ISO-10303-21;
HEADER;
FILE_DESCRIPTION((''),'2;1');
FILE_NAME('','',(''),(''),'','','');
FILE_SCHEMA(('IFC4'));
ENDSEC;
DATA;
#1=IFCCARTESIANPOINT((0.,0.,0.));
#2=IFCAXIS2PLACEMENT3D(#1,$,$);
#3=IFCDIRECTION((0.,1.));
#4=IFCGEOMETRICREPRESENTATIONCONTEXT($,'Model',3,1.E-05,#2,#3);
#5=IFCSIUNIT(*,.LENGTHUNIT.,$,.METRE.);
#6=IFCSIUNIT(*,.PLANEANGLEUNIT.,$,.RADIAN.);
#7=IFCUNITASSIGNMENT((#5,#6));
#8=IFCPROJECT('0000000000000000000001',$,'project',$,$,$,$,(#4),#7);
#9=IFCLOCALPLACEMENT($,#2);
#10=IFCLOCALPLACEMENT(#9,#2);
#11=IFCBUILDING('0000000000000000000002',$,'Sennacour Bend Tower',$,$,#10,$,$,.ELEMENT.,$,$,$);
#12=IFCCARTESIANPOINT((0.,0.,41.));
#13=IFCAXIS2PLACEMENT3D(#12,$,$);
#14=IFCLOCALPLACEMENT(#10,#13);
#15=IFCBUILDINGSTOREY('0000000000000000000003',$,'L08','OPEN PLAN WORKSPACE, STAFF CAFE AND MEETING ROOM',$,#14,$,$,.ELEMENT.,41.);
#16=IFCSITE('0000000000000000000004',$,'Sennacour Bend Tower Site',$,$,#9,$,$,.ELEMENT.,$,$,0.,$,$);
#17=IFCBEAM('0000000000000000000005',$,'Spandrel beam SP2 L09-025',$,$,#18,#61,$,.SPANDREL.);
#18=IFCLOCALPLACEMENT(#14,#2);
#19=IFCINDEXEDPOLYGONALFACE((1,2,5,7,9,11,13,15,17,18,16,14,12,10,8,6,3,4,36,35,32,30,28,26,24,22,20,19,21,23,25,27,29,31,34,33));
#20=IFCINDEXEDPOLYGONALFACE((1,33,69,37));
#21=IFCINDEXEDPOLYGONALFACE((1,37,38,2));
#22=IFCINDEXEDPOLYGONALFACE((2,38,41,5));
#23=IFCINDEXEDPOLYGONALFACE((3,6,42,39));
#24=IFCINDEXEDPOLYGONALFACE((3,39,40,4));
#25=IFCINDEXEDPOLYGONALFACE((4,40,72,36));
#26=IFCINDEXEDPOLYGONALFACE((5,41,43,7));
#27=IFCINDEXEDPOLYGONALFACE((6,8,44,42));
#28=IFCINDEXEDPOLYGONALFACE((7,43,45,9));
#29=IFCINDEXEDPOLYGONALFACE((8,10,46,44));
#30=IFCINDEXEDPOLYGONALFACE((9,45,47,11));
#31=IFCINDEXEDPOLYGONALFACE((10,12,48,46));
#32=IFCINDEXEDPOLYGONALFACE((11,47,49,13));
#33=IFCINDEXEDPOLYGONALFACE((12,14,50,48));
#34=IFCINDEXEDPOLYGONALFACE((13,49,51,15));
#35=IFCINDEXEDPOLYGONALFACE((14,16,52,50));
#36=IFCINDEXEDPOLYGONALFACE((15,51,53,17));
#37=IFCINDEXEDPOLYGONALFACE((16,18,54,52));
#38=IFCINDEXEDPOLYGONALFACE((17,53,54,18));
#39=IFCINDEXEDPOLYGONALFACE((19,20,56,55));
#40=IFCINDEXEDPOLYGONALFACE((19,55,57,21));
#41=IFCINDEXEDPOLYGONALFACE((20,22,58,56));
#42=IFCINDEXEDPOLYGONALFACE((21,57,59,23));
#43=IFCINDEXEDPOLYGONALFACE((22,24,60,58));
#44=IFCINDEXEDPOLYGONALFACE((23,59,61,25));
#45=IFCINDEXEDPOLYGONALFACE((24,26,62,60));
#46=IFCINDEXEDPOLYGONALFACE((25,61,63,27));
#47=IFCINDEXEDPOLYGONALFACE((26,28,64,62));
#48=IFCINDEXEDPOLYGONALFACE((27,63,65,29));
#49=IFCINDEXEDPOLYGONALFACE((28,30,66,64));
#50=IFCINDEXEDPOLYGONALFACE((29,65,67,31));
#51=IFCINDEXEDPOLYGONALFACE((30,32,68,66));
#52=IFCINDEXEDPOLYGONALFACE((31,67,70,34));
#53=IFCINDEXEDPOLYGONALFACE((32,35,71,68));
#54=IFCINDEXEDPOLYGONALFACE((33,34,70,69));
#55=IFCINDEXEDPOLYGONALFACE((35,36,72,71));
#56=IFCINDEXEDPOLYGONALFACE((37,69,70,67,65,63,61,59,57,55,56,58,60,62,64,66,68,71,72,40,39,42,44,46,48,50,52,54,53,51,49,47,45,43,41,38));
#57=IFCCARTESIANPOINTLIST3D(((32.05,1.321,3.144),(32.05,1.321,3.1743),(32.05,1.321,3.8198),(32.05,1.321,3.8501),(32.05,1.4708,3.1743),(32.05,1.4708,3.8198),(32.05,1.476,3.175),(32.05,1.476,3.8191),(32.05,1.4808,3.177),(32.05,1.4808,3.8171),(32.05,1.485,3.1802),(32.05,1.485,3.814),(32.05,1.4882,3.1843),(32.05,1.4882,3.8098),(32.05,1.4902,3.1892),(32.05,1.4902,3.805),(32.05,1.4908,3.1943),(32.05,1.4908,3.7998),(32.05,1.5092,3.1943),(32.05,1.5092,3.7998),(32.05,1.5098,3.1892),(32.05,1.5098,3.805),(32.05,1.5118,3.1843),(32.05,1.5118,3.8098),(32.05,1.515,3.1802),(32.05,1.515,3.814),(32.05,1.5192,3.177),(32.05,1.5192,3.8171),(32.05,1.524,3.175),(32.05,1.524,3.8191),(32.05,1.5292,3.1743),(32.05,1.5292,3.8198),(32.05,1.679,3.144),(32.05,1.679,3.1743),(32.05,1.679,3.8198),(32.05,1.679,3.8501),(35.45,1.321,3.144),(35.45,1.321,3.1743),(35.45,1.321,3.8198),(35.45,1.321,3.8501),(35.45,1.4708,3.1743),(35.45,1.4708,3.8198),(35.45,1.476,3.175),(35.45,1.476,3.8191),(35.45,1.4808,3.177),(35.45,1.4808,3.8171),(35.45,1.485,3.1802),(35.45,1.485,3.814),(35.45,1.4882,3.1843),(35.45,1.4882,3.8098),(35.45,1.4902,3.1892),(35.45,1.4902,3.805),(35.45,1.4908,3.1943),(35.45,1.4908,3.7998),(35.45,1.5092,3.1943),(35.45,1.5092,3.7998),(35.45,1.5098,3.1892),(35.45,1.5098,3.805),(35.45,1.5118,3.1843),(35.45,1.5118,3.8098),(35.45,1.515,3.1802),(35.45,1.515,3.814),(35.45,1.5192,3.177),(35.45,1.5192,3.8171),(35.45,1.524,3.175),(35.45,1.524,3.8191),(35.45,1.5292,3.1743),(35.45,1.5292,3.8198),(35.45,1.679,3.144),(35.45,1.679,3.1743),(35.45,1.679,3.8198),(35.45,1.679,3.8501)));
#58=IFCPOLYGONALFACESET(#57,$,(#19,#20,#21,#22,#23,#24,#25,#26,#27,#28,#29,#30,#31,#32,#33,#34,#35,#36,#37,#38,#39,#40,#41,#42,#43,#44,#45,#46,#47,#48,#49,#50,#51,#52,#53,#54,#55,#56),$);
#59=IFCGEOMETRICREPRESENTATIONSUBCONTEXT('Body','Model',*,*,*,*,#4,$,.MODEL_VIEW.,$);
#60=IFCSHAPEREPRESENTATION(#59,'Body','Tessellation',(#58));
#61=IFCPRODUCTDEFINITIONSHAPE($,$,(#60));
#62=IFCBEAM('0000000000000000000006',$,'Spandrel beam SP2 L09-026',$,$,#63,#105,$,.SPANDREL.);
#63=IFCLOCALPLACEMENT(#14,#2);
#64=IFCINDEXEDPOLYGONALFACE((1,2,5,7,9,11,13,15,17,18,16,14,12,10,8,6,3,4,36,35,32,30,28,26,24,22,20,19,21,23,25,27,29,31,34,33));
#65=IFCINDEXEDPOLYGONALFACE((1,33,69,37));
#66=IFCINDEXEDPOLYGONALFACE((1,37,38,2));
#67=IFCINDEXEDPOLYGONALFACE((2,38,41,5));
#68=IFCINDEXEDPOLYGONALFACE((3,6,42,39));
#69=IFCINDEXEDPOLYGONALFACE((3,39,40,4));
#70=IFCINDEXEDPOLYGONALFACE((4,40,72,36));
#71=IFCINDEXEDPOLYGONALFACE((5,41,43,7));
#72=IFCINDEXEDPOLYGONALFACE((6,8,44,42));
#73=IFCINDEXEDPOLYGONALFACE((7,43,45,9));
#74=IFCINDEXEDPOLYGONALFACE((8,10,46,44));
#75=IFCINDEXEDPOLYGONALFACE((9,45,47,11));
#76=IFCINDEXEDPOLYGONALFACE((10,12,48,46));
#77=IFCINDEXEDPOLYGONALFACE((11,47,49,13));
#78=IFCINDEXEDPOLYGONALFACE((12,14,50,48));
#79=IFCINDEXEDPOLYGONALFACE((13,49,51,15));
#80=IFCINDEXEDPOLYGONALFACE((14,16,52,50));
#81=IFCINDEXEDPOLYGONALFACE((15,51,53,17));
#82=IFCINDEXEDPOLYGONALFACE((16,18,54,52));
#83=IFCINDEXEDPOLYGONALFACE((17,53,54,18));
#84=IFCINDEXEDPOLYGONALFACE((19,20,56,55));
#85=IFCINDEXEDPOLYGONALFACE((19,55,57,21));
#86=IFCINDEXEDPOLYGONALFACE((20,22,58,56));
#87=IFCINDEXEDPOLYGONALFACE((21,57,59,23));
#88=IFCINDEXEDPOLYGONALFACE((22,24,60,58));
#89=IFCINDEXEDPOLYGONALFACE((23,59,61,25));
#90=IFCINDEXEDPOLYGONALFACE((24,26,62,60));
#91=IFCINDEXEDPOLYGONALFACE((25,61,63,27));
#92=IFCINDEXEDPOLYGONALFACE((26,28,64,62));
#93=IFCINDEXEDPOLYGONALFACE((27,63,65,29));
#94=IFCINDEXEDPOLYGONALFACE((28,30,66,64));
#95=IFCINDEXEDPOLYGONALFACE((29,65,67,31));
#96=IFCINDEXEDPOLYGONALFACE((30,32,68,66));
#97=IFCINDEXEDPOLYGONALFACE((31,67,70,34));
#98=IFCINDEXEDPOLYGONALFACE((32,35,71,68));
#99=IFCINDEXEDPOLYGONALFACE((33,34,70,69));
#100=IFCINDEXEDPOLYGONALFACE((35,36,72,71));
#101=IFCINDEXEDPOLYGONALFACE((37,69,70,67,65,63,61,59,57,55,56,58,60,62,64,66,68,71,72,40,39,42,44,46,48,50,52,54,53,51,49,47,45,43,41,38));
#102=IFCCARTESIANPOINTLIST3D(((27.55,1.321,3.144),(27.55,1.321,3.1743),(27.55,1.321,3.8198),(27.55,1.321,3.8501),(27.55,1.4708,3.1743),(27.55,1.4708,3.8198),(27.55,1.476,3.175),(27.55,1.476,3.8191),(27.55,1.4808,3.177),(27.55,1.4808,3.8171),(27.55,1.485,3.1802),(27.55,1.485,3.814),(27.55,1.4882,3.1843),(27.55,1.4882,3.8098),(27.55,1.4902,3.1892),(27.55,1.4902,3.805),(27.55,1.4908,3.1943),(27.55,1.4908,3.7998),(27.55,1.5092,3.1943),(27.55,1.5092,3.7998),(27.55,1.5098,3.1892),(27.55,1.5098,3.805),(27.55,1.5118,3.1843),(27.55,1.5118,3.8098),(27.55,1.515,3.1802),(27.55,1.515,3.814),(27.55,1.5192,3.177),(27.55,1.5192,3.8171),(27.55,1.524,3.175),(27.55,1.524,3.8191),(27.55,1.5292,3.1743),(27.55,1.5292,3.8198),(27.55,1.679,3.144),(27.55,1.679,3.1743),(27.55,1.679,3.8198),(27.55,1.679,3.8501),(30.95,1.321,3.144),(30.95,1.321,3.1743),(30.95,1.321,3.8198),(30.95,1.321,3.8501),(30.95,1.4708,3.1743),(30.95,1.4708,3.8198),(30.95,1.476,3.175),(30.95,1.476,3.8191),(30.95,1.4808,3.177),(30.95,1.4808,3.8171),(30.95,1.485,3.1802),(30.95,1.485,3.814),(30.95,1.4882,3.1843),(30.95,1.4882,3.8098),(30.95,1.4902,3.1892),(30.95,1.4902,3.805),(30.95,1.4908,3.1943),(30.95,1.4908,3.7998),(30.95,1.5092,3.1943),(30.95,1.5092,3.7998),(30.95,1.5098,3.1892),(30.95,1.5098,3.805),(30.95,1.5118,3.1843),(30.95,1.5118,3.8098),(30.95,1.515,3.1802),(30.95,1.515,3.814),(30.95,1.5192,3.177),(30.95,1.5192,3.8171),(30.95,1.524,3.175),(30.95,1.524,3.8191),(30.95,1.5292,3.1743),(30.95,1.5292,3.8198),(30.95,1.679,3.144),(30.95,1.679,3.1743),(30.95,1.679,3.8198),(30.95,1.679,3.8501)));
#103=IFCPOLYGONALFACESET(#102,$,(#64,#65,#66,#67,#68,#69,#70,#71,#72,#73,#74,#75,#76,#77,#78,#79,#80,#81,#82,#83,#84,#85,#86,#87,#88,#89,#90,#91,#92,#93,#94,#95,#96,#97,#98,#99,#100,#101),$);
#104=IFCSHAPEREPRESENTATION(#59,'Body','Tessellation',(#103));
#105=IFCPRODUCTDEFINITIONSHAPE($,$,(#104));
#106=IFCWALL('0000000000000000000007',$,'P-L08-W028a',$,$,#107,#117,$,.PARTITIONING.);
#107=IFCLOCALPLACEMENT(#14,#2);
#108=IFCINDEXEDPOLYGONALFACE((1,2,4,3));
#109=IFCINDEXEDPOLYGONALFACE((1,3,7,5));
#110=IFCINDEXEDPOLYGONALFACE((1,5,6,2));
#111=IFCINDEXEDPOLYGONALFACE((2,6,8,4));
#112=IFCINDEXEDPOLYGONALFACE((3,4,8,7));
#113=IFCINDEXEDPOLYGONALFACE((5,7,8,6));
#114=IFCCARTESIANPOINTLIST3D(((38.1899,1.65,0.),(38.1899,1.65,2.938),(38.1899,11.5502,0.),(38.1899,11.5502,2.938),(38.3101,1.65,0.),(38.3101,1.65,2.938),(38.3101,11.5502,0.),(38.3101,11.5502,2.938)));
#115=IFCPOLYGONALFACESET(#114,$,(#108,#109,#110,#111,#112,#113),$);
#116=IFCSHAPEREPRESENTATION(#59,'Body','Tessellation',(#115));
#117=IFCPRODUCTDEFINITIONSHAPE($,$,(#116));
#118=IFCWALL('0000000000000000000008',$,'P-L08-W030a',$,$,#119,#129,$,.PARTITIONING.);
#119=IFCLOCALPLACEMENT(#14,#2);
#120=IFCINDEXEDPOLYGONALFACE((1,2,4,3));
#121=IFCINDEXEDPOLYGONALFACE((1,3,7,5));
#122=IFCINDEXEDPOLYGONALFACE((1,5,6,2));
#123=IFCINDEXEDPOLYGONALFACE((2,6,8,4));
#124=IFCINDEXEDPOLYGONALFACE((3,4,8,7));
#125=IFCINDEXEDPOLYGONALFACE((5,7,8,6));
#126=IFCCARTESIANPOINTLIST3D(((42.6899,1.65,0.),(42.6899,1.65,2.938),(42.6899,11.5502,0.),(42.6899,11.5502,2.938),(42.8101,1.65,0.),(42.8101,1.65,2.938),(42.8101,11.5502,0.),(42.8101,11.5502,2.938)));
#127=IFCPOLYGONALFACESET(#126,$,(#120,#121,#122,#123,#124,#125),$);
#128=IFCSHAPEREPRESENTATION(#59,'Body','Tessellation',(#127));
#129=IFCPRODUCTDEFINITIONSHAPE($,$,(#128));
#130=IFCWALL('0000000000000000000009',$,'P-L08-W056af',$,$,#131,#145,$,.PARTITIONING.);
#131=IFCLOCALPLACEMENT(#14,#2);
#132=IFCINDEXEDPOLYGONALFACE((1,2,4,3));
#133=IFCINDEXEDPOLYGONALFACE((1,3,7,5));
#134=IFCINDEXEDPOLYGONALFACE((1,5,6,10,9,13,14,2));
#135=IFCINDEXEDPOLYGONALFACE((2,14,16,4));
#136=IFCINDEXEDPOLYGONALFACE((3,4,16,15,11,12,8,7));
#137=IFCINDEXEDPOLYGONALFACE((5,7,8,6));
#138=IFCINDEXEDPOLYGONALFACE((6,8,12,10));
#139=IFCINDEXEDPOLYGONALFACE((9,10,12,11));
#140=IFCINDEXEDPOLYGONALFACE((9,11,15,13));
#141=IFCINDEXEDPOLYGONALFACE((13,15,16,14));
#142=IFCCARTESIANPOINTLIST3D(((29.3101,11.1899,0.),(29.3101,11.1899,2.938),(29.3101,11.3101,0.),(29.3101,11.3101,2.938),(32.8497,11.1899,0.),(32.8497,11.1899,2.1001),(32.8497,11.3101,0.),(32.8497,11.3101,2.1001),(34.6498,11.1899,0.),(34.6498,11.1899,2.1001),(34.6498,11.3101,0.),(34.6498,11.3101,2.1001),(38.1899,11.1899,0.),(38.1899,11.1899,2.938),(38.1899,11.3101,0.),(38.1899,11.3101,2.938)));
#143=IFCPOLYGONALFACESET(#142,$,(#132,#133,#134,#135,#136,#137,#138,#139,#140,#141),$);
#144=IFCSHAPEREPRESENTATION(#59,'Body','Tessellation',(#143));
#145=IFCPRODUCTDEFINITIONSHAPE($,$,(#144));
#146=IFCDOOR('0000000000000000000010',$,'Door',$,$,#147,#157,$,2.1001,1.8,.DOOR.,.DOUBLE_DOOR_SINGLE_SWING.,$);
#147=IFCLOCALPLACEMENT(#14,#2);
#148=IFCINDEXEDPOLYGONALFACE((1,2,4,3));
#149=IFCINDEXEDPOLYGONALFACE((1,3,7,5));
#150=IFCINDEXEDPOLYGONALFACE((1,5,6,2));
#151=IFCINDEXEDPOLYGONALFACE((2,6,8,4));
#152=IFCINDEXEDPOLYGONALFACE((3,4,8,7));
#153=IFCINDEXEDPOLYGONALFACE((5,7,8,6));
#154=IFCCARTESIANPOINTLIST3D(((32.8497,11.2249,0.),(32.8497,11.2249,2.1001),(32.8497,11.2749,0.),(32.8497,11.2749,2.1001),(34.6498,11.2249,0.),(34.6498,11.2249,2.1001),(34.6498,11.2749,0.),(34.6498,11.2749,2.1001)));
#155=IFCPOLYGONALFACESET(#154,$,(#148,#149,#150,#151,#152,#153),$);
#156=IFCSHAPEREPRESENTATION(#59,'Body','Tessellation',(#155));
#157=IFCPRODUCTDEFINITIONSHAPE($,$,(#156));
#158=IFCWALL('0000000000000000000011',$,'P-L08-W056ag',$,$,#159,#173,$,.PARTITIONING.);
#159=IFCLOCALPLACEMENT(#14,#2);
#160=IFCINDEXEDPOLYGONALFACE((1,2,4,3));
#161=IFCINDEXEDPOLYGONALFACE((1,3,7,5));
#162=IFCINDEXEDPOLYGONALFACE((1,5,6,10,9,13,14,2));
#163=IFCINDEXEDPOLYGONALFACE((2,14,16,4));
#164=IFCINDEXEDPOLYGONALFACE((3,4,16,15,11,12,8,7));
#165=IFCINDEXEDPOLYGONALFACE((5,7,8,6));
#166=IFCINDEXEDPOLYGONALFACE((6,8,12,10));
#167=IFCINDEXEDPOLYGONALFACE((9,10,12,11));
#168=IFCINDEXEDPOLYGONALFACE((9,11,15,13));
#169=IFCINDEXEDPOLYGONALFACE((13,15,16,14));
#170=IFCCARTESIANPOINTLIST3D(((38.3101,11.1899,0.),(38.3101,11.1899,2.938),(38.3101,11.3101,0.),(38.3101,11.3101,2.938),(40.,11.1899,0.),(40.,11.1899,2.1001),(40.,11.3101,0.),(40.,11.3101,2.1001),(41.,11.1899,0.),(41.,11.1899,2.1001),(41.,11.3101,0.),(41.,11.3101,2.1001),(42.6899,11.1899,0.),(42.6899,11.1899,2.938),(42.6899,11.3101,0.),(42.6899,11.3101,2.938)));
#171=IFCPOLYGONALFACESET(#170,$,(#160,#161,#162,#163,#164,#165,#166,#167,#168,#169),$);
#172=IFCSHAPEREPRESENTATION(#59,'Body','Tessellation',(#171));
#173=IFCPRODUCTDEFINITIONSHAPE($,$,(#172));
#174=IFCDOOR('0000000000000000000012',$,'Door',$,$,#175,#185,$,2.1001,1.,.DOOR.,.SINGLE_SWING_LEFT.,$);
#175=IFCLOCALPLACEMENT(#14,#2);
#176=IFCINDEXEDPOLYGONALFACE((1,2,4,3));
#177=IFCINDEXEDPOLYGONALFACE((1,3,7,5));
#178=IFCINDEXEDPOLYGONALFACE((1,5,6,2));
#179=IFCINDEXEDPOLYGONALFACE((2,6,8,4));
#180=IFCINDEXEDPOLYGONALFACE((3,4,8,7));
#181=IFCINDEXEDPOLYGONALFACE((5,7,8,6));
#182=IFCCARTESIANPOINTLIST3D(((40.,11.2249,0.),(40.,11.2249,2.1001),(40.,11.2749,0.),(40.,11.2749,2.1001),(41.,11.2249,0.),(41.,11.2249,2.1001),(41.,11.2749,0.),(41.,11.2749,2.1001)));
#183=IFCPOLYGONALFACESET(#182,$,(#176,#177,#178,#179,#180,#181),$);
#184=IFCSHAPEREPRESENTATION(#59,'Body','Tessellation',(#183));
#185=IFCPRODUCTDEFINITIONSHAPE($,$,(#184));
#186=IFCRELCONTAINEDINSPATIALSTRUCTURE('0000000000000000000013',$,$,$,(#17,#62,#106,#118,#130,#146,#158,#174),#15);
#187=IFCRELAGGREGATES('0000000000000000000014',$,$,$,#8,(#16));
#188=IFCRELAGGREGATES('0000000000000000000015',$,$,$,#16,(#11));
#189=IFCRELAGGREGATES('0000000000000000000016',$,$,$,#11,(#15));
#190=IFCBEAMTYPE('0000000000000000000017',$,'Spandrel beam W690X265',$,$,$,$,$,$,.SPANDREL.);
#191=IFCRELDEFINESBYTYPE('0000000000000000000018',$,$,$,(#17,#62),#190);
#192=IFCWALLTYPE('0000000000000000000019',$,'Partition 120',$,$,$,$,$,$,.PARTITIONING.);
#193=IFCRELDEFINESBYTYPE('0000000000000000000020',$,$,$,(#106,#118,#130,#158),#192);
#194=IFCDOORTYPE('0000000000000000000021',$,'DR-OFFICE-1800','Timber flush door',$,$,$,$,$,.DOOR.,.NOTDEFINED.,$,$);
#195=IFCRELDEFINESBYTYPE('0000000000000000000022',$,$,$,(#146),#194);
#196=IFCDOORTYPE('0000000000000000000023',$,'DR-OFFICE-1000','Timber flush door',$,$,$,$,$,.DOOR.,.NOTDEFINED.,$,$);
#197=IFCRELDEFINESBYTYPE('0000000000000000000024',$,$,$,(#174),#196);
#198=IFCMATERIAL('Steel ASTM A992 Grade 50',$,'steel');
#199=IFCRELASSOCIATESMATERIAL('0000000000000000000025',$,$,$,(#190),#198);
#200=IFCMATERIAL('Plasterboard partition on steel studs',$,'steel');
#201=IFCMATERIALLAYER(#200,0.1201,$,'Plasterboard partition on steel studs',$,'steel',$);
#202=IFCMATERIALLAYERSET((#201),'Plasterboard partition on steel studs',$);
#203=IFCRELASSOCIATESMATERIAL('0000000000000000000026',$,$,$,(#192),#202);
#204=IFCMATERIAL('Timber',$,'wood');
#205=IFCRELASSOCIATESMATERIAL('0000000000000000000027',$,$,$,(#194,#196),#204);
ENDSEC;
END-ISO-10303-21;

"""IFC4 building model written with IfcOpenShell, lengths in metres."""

from ifc_helpers import new_model, si_unit, direction, frame, frame_2d, origin, origin_2d, place, context, subcontext, project, spatial, rectangle, i_section, extrude, material, layer, layer_set, material_profile, profile_set, type_object, element, fill, save


model = new_model("IFC4")

# Units and contexts
model_context = context("Model", 3, precision=1e-05, world=origin(), true_north=direction((0.0, 1.0)))
body_context = subcontext(model_context, "Body", "Model", "MODEL_VIEW")
ifc_project = project(units=[si_unit("LENGTHUNIT", "METRE"), si_unit("PLANEANGLEUNIT", "RADIAN")], contexts=[model_context])

# Site, building, storey
site_placement = place(None, origin())
site = spatial("IfcSite", under=ifc_project, at=site_placement, Name="Sennacour Bend Tower Site", CompositionType="ELEMENT", RefElevation=0.0)
building_placement = place(site_placement, origin())
building = spatial("IfcBuilding", under=site, at=building_placement, Name="Sennacour Bend Tower", CompositionType="ELEMENT")
storey_placement = place(building_placement, frame((0.0, 0.0, 41.0)))
storey = spatial("IfcBuildingStorey", under=building, at=storey_placement, Name="L08", Description="OPEN PLAN WORKSPACE, STAFF CAFE AND MEETING ROOM", CompositionType="ELEMENT", Elevation=41.0)

# Beams
ifc_material_1 = material(Name="Steel ASTM A992 Grade 50", Category="steel")
ifc_material_profile_1 = material_profile(ifc_material_1, i_section(OverallWidth=0.3579, OverallDepth=0.7061, WebThickness=0.0183, FlangeThickness=0.0303, FilletRadius=0.02, at=origin_2d()), Name="Steel ASTM A992 Grade 50", Category="steel")
ifc_profile_set_1 = profile_set([ifc_material_profile_1], Name="Steel ASTM A992 Grade 50")
beam_type_1 = type_object("IfcBeamType", Name="Spandrel beam W690X265", PredefinedType="SPANDREL", material=ifc_profile_set_1)
for number, where, z_axis, x_axis, name in (
    (1, (35.45, 1.5, 3.4971), (-1.0, 0.0, 0.0), (0.0, -1.0, 0.0), "Spandrel beam SP2 L09-025"),
    (2, (30.95, 1.5, 3.4971), (-1.0, 0.0, 0.0), (0.0, -1.0, 0.0), "Spandrel beam SP2 L09-026"),
):
    element("IfcBeam", number, at=place(storey_placement, frame(where, z_axis=z_axis, x_axis=x_axis)), inside=storey, type_object=beam_type_1, Name=name, PredefinedType="SPANDREL", context=body_context, shape_type="SweptSolid", body=[
        extrude(i_section(OverallWidth=0.3579, OverallDepth=0.7061, WebThickness=0.0183, FlangeThickness=0.0303, FilletRadius=0.02, at=origin_2d()), origin(), (0.0, 0.0, 1.0), 3.3999),
    ])

# Walls
ifc_material_2 = material(Name="Plasterboard partition on steel studs", Category="steel")
ifc_layer_1 = layer(ifc_material_2, 0.1201, Name="Plasterboard partition on steel studs", Category="steel")
ifc_layer_set_1 = layer_set([ifc_layer_1], Name="Plasterboard partition on steel studs")
wall_type_1 = type_object("IfcWallType", Name="Partition 120", PredefinedType="PARTITIONING", material=ifc_layer_set_1)
for number, where, z_axis, x_axis, name in (
    (3, (38.25, 1.6499, 0.0), (0.0, 0.0, 1.0), (0.0, 1.0, 0.0), "P-L08-W028a"),
    (4, (42.75, 1.6499, 0.0), (0.0, 0.0, 1.0), (0.0, 1.0, 0.0), "P-L08-W030a"),
):
    element("IfcWall", number, at=place(storey_placement, frame(where, z_axis=z_axis, x_axis=x_axis)), inside=storey, type_object=wall_type_1, Name=name, PredefinedType="PARTITIONING", context=body_context, shape_type="SweptSolid", body=[
        extrude(rectangle(XDim=9.9001, YDim=0.1201, at=frame_2d((4.9502, 0.0))), origin(), (0.0, 0.0, 1.0), 2.938),
    ])

# Walls, openings, doors
wall_1_placement = place(storey_placement, frame((29.3101, 11.25, 0.0), z_axis=(0.0, 0.0, 1.0), x_axis=(1.0, 0.0, 0.0)))
wall_1 = element("IfcWall", 5, at=wall_1_placement, inside=storey, type_object=wall_type_1, Name="P-L08-W056af", PredefinedType="PARTITIONING", context=body_context, shape_type="SweptSolid", body=[
    extrude(rectangle(XDim=8.8799, YDim=0.1201, at=frame_2d((4.4399, 0.0))), origin(), (0.0, 0.0, 1.0), 2.938),
])
opening_1_placement = place(wall_1_placement, frame((3.5398, 0.0, 0.0)))
opening_1 = element("IfcOpeningElement", 6, at=opening_1_placement, cuts=wall_1, PredefinedType="OPENING", context=body_context, shape_type="SweptSolid", body=[
    extrude(rectangle(XDim=1.8, YDim=2.1001, at=frame_2d((0.8999, 1.05))), frame((0.0, 0.0701, 0.0), z_axis=(0.0, -1.0, 0.0), x_axis=(1.0, 0.0, 0.0)), (0.0, 0.0, 1.0), 0.1401),
])
ifc_material_3 = material(Name="Timber", Category="wood")
door_type_1 = type_object("IfcDoorType", Name="DR-OFFICE-1800", Description="Timber flush door", OperationType="NOTDEFINED", PredefinedType="DOOR", material=ifc_material_3)
door_1_placement = place(opening_1_placement, origin())
door_1 = element("IfcDoor", 7, at=door_1_placement, inside=storey, type_object=door_type_1, Name="Door", OperationType="DOUBLE_DOOR_SINGLE_SWING", OverallHeight=2.1001, OverallWidth=1.8, PredefinedType="DOOR", context=body_context, shape_type="SweptSolid", body=[
    extrude(rectangle(XDim=1.8, YDim=2.1001, at=frame_2d((0.8999, 1.05))), frame((0.0, 0.0249, 0.0), z_axis=(0.0, -1.0, 0.0), x_axis=(1.0, 0.0, 0.0)), (0.0, 0.0, 1.0), 0.05),
])
fill(opening_1, door_1)
wall_2_placement = place(storey_placement, frame((38.3101, 11.25, 0.0), z_axis=(0.0, 0.0, 1.0), x_axis=(1.0, 0.0, 0.0)))
wall_2 = element("IfcWall", 8, at=wall_2_placement, inside=storey, type_object=wall_type_1, Name="P-L08-W056ag", PredefinedType="PARTITIONING", context=body_context, shape_type="SweptSolid", body=[
    extrude(rectangle(XDim=4.3799, YDim=0.1201, at=frame_2d((2.1899, 0.0))), origin(), (0.0, 0.0, 1.0), 2.938),
])
opening_2_placement = place(wall_2_placement, frame((1.6899, 0.0, 0.0)))
opening_2 = element("IfcOpeningElement", 9, at=opening_2_placement, cuts=wall_2, PredefinedType="OPENING", context=body_context, shape_type="SweptSolid", body=[
    extrude(rectangle(XDim=1.0, YDim=2.1001, at=frame_2d((0.5, 1.05))), frame((0.0, 0.0701, 0.0), z_axis=(0.0, -1.0, 0.0), x_axis=(1.0, 0.0, 0.0)), (0.0, 0.0, 1.0), 0.1401),
])
door_type_2 = type_object("IfcDoorType", Name="DR-OFFICE-1000", Description="Timber flush door", OperationType="NOTDEFINED", PredefinedType="DOOR", material=ifc_material_3)
door_2_placement = place(opening_2_placement, origin())
door_2 = element("IfcDoor", 10, at=door_2_placement, inside=storey, type_object=door_type_2, Name="Door", OperationType="SINGLE_SWING_LEFT", OverallHeight=2.1001, OverallWidth=1.0, PredefinedType="DOOR", context=body_context, shape_type="SweptSolid", body=[
    extrude(rectangle(XDim=1.0, YDim=2.1001, at=frame_2d((0.5, 1.05))), frame((0.0, 0.0249, 0.0), z_axis=(0.0, -1.0, 0.0), x_axis=(1.0, 0.0, 0.0)), (0.0, 0.0, 1.0), 0.05),
])
fill(opening_2, door_2)

save(model, "model.ifc")
